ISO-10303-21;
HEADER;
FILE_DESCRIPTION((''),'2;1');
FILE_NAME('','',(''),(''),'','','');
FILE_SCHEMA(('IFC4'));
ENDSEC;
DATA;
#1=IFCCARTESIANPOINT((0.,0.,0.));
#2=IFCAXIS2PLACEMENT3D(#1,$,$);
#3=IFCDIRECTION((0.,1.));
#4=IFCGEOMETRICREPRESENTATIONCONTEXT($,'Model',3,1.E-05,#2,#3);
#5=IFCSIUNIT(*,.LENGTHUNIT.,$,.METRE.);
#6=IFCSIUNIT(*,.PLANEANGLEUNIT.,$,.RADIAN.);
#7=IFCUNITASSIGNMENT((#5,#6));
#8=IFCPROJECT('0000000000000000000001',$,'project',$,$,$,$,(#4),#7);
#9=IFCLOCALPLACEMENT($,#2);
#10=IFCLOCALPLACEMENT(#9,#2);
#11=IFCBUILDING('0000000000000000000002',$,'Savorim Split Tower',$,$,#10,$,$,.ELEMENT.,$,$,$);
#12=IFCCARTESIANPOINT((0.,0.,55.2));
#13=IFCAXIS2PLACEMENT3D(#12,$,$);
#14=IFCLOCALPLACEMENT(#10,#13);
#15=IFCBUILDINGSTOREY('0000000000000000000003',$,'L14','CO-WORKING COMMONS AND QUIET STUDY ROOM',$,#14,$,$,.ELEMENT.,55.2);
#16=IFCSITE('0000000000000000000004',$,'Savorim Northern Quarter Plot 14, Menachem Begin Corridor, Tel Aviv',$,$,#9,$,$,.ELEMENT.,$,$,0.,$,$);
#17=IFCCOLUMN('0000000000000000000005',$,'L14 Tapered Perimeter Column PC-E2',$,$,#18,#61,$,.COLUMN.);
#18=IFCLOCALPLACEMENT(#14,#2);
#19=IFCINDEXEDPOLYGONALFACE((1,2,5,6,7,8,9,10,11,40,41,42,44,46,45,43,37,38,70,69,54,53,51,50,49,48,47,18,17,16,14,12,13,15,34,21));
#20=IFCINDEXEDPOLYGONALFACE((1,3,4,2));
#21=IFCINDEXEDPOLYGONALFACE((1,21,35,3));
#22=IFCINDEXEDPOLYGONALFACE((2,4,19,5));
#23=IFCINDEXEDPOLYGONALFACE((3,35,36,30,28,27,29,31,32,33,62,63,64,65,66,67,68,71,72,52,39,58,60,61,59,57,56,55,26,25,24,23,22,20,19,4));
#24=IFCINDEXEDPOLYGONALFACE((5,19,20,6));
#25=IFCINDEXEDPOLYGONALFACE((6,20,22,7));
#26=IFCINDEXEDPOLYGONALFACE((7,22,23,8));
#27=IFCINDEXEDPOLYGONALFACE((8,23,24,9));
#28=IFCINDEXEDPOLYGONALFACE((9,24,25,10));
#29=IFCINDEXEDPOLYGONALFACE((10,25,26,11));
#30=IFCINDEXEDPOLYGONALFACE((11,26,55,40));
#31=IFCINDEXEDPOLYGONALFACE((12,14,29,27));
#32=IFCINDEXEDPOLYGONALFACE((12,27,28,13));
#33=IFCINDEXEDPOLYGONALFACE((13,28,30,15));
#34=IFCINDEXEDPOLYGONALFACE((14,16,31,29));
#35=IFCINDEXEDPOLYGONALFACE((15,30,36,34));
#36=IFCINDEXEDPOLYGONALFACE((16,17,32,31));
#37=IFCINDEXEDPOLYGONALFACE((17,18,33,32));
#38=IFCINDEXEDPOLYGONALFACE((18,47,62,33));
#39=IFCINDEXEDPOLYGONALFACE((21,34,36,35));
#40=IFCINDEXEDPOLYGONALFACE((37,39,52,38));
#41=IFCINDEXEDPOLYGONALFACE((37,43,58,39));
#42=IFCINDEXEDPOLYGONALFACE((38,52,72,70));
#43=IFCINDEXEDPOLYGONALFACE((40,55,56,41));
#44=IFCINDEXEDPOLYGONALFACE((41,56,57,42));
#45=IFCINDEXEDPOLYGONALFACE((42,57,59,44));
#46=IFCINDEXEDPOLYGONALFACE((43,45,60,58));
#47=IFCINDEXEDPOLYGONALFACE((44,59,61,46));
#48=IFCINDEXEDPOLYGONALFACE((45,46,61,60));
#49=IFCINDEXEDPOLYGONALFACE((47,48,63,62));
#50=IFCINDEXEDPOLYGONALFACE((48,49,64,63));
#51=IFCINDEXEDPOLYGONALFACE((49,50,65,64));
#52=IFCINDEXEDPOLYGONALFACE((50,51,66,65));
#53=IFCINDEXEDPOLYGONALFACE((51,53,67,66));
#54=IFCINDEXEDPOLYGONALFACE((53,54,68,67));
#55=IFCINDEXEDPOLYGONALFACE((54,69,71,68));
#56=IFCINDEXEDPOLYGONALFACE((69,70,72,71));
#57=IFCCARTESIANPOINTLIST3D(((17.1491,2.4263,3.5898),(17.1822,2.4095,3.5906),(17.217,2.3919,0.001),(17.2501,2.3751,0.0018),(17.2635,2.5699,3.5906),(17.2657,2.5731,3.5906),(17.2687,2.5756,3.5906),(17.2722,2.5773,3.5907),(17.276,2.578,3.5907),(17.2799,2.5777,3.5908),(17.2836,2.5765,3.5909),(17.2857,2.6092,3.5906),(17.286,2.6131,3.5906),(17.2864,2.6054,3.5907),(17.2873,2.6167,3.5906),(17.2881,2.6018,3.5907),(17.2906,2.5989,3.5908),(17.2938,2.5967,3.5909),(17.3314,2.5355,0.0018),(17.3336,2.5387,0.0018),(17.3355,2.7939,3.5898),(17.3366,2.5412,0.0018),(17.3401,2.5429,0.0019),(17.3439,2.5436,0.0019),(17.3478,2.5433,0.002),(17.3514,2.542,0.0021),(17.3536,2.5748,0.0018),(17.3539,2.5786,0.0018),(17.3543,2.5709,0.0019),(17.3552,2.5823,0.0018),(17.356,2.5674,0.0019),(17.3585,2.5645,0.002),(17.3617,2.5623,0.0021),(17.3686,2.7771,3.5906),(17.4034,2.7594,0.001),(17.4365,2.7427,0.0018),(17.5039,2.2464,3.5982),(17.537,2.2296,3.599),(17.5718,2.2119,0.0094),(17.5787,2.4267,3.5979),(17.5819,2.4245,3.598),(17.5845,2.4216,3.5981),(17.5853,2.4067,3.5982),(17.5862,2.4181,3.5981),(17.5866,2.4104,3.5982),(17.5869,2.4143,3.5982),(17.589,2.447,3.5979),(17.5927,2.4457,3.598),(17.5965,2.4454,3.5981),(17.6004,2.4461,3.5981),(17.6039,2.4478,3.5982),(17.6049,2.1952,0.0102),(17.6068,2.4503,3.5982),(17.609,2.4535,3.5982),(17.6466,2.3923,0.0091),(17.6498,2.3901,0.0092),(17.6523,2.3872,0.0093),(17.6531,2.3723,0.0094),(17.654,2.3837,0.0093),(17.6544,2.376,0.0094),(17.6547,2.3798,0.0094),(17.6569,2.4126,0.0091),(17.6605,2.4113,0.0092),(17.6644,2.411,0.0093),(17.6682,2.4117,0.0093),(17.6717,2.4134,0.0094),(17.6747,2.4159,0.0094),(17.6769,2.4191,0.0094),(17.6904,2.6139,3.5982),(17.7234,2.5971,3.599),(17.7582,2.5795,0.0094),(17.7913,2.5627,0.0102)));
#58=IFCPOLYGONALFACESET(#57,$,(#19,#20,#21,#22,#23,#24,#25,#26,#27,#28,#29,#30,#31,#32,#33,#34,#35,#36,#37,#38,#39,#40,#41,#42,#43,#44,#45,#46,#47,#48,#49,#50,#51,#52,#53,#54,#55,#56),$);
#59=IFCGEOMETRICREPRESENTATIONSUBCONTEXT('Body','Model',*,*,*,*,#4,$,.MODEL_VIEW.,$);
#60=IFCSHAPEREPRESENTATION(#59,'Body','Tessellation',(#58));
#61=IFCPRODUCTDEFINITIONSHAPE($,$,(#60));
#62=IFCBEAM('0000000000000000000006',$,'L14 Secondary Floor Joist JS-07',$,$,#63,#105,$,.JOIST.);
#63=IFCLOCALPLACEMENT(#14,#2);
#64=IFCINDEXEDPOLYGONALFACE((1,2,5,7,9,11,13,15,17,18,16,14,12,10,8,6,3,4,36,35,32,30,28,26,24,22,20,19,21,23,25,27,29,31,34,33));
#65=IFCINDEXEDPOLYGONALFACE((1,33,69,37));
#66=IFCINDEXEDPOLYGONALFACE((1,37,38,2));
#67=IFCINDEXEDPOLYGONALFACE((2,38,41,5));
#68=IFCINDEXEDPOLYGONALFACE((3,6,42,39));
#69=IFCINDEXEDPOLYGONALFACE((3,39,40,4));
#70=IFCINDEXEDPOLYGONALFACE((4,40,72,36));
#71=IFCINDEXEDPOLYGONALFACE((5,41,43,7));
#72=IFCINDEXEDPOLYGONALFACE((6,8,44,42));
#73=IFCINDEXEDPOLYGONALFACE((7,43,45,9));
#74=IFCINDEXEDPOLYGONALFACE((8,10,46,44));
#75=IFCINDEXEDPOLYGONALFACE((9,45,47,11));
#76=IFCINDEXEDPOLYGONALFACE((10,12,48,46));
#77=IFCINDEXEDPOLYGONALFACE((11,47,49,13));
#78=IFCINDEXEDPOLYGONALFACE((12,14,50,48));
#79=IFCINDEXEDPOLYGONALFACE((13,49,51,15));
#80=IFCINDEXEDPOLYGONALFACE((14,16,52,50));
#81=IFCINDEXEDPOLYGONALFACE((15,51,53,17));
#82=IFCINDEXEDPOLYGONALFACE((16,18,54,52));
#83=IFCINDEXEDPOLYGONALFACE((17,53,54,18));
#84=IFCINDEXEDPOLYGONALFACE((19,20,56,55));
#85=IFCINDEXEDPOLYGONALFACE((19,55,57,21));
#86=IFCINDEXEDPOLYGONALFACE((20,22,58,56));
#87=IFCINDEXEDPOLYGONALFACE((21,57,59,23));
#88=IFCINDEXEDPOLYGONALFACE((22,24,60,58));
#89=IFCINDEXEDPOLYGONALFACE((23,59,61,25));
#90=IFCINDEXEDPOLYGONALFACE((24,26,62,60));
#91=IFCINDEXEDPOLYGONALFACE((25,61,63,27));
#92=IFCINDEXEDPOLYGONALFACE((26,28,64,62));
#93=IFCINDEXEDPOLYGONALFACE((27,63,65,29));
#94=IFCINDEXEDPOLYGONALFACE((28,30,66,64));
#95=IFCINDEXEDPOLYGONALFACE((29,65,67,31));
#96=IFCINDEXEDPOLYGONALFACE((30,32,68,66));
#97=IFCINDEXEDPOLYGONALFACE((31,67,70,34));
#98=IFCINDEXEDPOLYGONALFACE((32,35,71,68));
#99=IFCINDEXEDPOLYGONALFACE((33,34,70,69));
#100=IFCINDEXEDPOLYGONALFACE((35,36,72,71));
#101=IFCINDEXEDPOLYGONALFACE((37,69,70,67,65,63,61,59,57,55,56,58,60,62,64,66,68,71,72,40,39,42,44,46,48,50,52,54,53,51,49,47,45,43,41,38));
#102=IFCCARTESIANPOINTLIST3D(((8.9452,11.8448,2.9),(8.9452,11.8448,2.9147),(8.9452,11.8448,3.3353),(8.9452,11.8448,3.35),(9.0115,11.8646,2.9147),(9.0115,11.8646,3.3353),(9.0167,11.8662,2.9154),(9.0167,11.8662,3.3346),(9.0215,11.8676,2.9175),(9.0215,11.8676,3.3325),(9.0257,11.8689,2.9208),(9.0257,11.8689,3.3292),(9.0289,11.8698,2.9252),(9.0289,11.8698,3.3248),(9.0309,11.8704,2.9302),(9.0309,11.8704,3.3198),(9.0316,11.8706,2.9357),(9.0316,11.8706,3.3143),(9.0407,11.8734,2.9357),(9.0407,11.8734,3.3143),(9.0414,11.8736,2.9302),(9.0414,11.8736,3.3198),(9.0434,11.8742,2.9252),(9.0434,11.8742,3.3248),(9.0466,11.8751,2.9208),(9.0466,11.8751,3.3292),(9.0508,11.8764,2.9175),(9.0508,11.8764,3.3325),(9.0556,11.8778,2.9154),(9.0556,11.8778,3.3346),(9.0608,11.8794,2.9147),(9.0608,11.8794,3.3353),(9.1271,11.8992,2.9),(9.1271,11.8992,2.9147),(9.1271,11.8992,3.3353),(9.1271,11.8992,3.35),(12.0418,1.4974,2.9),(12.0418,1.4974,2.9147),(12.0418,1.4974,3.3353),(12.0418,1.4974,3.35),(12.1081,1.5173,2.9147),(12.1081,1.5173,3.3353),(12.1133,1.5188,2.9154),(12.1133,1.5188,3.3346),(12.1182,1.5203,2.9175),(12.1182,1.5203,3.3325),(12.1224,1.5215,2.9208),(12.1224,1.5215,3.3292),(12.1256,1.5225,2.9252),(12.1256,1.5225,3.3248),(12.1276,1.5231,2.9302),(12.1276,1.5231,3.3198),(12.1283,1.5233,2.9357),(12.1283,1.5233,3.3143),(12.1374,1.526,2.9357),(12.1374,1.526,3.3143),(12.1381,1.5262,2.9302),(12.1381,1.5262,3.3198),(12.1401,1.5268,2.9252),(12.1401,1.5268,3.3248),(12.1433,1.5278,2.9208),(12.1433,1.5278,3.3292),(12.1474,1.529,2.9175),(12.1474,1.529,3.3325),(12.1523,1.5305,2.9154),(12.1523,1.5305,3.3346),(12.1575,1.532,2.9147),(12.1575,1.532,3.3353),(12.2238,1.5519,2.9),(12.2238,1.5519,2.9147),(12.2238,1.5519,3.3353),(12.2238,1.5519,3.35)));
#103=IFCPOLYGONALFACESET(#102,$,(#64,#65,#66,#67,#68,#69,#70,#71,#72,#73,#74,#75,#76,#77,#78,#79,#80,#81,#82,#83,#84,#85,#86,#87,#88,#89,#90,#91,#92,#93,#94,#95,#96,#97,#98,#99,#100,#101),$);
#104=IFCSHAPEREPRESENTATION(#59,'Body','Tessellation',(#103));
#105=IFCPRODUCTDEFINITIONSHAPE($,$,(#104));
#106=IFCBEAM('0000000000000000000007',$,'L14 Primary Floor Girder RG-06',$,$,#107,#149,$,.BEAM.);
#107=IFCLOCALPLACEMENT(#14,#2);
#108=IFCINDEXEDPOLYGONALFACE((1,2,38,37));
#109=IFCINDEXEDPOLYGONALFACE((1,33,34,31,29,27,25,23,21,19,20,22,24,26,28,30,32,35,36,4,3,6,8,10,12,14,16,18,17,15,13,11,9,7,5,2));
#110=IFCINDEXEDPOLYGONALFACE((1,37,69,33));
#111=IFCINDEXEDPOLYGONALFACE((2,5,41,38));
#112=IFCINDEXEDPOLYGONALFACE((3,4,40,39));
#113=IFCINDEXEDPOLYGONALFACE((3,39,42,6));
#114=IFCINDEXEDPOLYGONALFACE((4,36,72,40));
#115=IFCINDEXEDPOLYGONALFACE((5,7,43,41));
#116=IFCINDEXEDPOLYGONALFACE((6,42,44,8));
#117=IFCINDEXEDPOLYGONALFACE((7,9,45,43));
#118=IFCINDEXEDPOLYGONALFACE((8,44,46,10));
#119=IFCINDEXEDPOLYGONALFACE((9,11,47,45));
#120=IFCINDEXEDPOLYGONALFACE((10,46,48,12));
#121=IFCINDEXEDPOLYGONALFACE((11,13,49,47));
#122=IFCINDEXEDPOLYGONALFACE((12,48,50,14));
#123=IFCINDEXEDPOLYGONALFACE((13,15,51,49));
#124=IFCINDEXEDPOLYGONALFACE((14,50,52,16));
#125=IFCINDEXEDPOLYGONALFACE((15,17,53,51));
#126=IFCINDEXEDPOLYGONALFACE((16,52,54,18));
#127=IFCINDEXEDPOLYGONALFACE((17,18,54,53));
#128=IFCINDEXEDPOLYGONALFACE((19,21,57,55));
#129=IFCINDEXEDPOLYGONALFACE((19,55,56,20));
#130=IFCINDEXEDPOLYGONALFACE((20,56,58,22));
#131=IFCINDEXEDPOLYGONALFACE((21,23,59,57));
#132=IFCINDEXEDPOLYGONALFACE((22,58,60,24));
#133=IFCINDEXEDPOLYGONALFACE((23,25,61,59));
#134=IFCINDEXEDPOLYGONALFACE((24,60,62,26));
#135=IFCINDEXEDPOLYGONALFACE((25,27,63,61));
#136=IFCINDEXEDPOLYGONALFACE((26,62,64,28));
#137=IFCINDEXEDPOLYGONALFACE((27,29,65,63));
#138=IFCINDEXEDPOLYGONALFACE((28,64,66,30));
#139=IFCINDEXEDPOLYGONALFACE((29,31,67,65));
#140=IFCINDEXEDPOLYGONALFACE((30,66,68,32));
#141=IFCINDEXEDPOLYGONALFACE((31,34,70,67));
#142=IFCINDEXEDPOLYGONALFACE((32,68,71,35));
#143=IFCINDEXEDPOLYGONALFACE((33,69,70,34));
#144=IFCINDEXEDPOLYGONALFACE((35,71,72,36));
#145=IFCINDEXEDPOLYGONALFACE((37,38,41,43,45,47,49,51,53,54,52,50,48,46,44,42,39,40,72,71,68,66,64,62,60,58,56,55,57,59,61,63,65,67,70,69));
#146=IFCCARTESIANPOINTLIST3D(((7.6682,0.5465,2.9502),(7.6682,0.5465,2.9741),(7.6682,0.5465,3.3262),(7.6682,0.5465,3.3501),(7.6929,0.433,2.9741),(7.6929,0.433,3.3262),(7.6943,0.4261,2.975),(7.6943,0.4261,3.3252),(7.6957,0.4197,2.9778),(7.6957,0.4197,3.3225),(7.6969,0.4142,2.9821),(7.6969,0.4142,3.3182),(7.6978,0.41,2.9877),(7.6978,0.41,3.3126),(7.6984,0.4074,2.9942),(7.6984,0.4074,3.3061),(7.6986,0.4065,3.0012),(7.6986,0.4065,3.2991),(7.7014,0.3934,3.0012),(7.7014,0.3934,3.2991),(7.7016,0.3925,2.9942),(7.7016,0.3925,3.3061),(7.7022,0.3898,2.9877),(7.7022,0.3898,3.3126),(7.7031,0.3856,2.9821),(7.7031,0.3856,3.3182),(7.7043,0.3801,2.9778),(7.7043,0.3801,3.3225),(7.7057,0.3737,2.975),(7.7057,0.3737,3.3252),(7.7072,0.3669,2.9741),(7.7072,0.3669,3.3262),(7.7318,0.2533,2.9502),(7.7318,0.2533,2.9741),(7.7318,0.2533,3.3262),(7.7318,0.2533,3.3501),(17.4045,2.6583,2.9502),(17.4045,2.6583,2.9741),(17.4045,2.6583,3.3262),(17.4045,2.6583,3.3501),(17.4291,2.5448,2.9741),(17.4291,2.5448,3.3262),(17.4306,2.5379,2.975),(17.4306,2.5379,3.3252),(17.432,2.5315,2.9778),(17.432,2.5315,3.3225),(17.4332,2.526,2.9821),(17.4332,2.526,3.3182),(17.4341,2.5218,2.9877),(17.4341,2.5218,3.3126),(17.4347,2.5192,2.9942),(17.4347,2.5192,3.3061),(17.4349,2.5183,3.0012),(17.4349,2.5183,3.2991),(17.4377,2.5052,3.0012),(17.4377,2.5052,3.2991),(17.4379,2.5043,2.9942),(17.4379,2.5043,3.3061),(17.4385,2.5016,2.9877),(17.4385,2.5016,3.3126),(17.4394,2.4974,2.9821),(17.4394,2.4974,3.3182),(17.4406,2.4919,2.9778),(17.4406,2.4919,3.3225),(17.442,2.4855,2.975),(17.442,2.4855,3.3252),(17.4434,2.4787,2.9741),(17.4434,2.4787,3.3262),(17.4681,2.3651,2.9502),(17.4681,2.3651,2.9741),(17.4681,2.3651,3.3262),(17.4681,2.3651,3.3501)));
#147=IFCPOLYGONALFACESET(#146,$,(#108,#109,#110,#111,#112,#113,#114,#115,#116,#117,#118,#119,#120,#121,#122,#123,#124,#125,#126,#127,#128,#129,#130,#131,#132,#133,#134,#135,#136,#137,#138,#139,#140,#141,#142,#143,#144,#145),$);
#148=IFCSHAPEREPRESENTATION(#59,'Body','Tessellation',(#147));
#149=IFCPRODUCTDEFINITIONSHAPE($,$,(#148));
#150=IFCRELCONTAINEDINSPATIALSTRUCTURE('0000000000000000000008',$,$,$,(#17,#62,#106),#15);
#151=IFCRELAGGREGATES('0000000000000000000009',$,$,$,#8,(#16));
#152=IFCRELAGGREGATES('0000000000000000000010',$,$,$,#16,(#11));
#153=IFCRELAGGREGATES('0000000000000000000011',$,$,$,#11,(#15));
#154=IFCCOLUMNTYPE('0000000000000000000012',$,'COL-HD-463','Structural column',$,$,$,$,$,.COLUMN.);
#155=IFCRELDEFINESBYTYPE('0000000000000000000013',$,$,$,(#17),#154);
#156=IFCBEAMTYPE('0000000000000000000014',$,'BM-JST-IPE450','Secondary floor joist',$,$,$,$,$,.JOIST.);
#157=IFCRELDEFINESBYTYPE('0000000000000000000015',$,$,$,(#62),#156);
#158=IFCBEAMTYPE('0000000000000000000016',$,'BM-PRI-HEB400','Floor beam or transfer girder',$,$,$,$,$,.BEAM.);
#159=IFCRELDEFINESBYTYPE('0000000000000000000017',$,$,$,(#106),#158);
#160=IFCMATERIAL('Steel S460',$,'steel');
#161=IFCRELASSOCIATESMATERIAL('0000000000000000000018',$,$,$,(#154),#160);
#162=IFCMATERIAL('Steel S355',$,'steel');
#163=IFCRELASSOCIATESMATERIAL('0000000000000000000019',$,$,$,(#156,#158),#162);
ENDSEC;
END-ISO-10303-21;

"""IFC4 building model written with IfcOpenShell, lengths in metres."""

from ifc_helpers import new_model, si_unit, direction, frame, origin, origin_2d, place, context, subcontext, project, spatial, i_section, extrude, material, material_profile, profile_set, type_object, element, save


model = new_model("IFC4")

# Units and contexts
model_context = context("Model", 3, precision=1e-05, world=origin(), true_north=direction((0.0, 1.0)))
body_context = subcontext(model_context, "Body", "Model", "MODEL_VIEW")
ifc_project = project(units=[si_unit("LENGTHUNIT", "METRE"), si_unit("PLANEANGLEUNIT", "RADIAN")], contexts=[model_context])

# Site, building, storey
site_placement = place(None, origin())
site = spatial("IfcSite", under=ifc_project, at=site_placement, Name="Savorim Northern Quarter Plot 14, Menachem Begin Corridor, Tel Aviv", CompositionType="ELEMENT", RefElevation=0.0)
building_placement = place(site_placement, origin())
building = spatial("IfcBuilding", under=site, at=building_placement, Name="Savorim Split Tower", CompositionType="ELEMENT")
storey_placement = place(building_placement, frame((0.0, 0.0, 55.2)))
storey = spatial("IfcBuildingStorey", under=building, at=storey_placement, Name="L14", Description="CO-WORKING COMMONS AND QUIET STUDY ROOM", CompositionType="ELEMENT", Elevation=55.2)

# Column
ifc_material_1 = material(Name="Steel S460", Category="steel")
ifc_material_profile_1 = material_profile(ifc_material_1, i_section(OverallWidth=0.4121, OverallDepth=0.4351, WebThickness=0.0227, FlangeThickness=0.0371, FilletRadius=0.0149, at=origin_2d()), Name="HD 400x463")
ifc_profile_set_1 = profile_set([ifc_material_profile_1], Name="Steel S460")
column_type = type_object("IfcColumnType", Name="COL-HD-463", Description="Structural column", PredefinedType="COLUMN", material=ifc_profile_set_1)
column_placement = place(storey_placement, frame((17.5042, 2.4773, 0.0056), z_axis=(-0.018907, 0.00959, 0.999775), x_axis=(-0.452339, -0.891846, 0.0)))
element("IfcColumn", 1, at=column_placement, inside=storey, type_object=column_type, Name="L14 Tapered Perimeter Column PC-E2", PredefinedType="COLUMN", context=body_context, shape_type="SweptSolid", body=[
    extrude(i_section(OverallWidth=0.4121, OverallDepth=0.4351, WebThickness=0.0227, FlangeThickness=0.0371, FilletRadius=0.0149, at=origin_2d()), origin(), (0.0, 0.0, 1.0), 3.5896),
])

# Beams
ifc_material_2 = material(Name="Steel S355", Category="steel")
ifc_material_profile_2 = material_profile(ifc_material_2, i_section(OverallWidth=0.1899, OverallDepth=0.45, WebThickness=0.0095, FlangeThickness=0.0146, FilletRadius=0.021, at=origin_2d()), Name="IPE 450")
ifc_profile_set_2 = profile_set([ifc_material_profile_2], Name="Steel S355")
beam_type_1 = type_object("IfcBeamType", Name="BM-JST-IPE450", Description="Secondary floor joist", PredefinedType="JOIST", material=ifc_profile_set_2)
beam_1_placement = place(storey_placement, frame((12.1328, 1.5247, 3.125), z_axis=(-0.286707, 0.958018, 0.0), x_axis=(-0.958018, -0.286707, 0.0)))
element("IfcBeam", 2, at=beam_1_placement, inside=storey, type_object=beam_type_1, Name="L14 Secondary Floor Joist JS-07", PredefinedType="JOIST", context=body_context, shape_type="SweptSolid", body=[
    extrude(i_section(OverallWidth=0.1899, OverallDepth=0.45, WebThickness=0.0095, FlangeThickness=0.0146, FilletRadius=0.021, at=origin_2d()), origin(), (0.0, 0.0, 1.0), 10.8008),
])
ifc_material_profile_3 = material_profile(ifc_material_2, i_section(OverallWidth=0.3, OverallDepth=0.3999, WebThickness=0.0134, FlangeThickness=0.0239, FilletRadius=0.0271, at=origin_2d()), Name="HEB 400")
ifc_profile_set_3 = profile_set([ifc_material_profile_3], Name="Steel S355")
beam_type_2 = type_object("IfcBeamType", Name="BM-PRI-HEB400", Description="Floor beam or transfer girder", PredefinedType="BEAM", material=ifc_profile_set_3)
beam_2_placement = place(storey_placement, frame((17.4363, 2.5117, 3.1501), z_axis=(-0.977276, -0.211972, 0.0), x_axis=(0.211972, -0.977276, 0.0)))
element("IfcBeam", 3, at=beam_2_placement, inside=storey, type_object=beam_type_2, Name="L14 Primary Floor Girder RG-06", PredefinedType="BEAM", context=body_context, shape_type="SweptSolid", body=[
    extrude(i_section(OverallWidth=0.3, OverallDepth=0.3999, WebThickness=0.0134, FlangeThickness=0.0239, FilletRadius=0.0271, at=origin_2d()), origin(), (0.0, 0.0, 1.0), 9.9626),
])

save(model, "model.ifc")
